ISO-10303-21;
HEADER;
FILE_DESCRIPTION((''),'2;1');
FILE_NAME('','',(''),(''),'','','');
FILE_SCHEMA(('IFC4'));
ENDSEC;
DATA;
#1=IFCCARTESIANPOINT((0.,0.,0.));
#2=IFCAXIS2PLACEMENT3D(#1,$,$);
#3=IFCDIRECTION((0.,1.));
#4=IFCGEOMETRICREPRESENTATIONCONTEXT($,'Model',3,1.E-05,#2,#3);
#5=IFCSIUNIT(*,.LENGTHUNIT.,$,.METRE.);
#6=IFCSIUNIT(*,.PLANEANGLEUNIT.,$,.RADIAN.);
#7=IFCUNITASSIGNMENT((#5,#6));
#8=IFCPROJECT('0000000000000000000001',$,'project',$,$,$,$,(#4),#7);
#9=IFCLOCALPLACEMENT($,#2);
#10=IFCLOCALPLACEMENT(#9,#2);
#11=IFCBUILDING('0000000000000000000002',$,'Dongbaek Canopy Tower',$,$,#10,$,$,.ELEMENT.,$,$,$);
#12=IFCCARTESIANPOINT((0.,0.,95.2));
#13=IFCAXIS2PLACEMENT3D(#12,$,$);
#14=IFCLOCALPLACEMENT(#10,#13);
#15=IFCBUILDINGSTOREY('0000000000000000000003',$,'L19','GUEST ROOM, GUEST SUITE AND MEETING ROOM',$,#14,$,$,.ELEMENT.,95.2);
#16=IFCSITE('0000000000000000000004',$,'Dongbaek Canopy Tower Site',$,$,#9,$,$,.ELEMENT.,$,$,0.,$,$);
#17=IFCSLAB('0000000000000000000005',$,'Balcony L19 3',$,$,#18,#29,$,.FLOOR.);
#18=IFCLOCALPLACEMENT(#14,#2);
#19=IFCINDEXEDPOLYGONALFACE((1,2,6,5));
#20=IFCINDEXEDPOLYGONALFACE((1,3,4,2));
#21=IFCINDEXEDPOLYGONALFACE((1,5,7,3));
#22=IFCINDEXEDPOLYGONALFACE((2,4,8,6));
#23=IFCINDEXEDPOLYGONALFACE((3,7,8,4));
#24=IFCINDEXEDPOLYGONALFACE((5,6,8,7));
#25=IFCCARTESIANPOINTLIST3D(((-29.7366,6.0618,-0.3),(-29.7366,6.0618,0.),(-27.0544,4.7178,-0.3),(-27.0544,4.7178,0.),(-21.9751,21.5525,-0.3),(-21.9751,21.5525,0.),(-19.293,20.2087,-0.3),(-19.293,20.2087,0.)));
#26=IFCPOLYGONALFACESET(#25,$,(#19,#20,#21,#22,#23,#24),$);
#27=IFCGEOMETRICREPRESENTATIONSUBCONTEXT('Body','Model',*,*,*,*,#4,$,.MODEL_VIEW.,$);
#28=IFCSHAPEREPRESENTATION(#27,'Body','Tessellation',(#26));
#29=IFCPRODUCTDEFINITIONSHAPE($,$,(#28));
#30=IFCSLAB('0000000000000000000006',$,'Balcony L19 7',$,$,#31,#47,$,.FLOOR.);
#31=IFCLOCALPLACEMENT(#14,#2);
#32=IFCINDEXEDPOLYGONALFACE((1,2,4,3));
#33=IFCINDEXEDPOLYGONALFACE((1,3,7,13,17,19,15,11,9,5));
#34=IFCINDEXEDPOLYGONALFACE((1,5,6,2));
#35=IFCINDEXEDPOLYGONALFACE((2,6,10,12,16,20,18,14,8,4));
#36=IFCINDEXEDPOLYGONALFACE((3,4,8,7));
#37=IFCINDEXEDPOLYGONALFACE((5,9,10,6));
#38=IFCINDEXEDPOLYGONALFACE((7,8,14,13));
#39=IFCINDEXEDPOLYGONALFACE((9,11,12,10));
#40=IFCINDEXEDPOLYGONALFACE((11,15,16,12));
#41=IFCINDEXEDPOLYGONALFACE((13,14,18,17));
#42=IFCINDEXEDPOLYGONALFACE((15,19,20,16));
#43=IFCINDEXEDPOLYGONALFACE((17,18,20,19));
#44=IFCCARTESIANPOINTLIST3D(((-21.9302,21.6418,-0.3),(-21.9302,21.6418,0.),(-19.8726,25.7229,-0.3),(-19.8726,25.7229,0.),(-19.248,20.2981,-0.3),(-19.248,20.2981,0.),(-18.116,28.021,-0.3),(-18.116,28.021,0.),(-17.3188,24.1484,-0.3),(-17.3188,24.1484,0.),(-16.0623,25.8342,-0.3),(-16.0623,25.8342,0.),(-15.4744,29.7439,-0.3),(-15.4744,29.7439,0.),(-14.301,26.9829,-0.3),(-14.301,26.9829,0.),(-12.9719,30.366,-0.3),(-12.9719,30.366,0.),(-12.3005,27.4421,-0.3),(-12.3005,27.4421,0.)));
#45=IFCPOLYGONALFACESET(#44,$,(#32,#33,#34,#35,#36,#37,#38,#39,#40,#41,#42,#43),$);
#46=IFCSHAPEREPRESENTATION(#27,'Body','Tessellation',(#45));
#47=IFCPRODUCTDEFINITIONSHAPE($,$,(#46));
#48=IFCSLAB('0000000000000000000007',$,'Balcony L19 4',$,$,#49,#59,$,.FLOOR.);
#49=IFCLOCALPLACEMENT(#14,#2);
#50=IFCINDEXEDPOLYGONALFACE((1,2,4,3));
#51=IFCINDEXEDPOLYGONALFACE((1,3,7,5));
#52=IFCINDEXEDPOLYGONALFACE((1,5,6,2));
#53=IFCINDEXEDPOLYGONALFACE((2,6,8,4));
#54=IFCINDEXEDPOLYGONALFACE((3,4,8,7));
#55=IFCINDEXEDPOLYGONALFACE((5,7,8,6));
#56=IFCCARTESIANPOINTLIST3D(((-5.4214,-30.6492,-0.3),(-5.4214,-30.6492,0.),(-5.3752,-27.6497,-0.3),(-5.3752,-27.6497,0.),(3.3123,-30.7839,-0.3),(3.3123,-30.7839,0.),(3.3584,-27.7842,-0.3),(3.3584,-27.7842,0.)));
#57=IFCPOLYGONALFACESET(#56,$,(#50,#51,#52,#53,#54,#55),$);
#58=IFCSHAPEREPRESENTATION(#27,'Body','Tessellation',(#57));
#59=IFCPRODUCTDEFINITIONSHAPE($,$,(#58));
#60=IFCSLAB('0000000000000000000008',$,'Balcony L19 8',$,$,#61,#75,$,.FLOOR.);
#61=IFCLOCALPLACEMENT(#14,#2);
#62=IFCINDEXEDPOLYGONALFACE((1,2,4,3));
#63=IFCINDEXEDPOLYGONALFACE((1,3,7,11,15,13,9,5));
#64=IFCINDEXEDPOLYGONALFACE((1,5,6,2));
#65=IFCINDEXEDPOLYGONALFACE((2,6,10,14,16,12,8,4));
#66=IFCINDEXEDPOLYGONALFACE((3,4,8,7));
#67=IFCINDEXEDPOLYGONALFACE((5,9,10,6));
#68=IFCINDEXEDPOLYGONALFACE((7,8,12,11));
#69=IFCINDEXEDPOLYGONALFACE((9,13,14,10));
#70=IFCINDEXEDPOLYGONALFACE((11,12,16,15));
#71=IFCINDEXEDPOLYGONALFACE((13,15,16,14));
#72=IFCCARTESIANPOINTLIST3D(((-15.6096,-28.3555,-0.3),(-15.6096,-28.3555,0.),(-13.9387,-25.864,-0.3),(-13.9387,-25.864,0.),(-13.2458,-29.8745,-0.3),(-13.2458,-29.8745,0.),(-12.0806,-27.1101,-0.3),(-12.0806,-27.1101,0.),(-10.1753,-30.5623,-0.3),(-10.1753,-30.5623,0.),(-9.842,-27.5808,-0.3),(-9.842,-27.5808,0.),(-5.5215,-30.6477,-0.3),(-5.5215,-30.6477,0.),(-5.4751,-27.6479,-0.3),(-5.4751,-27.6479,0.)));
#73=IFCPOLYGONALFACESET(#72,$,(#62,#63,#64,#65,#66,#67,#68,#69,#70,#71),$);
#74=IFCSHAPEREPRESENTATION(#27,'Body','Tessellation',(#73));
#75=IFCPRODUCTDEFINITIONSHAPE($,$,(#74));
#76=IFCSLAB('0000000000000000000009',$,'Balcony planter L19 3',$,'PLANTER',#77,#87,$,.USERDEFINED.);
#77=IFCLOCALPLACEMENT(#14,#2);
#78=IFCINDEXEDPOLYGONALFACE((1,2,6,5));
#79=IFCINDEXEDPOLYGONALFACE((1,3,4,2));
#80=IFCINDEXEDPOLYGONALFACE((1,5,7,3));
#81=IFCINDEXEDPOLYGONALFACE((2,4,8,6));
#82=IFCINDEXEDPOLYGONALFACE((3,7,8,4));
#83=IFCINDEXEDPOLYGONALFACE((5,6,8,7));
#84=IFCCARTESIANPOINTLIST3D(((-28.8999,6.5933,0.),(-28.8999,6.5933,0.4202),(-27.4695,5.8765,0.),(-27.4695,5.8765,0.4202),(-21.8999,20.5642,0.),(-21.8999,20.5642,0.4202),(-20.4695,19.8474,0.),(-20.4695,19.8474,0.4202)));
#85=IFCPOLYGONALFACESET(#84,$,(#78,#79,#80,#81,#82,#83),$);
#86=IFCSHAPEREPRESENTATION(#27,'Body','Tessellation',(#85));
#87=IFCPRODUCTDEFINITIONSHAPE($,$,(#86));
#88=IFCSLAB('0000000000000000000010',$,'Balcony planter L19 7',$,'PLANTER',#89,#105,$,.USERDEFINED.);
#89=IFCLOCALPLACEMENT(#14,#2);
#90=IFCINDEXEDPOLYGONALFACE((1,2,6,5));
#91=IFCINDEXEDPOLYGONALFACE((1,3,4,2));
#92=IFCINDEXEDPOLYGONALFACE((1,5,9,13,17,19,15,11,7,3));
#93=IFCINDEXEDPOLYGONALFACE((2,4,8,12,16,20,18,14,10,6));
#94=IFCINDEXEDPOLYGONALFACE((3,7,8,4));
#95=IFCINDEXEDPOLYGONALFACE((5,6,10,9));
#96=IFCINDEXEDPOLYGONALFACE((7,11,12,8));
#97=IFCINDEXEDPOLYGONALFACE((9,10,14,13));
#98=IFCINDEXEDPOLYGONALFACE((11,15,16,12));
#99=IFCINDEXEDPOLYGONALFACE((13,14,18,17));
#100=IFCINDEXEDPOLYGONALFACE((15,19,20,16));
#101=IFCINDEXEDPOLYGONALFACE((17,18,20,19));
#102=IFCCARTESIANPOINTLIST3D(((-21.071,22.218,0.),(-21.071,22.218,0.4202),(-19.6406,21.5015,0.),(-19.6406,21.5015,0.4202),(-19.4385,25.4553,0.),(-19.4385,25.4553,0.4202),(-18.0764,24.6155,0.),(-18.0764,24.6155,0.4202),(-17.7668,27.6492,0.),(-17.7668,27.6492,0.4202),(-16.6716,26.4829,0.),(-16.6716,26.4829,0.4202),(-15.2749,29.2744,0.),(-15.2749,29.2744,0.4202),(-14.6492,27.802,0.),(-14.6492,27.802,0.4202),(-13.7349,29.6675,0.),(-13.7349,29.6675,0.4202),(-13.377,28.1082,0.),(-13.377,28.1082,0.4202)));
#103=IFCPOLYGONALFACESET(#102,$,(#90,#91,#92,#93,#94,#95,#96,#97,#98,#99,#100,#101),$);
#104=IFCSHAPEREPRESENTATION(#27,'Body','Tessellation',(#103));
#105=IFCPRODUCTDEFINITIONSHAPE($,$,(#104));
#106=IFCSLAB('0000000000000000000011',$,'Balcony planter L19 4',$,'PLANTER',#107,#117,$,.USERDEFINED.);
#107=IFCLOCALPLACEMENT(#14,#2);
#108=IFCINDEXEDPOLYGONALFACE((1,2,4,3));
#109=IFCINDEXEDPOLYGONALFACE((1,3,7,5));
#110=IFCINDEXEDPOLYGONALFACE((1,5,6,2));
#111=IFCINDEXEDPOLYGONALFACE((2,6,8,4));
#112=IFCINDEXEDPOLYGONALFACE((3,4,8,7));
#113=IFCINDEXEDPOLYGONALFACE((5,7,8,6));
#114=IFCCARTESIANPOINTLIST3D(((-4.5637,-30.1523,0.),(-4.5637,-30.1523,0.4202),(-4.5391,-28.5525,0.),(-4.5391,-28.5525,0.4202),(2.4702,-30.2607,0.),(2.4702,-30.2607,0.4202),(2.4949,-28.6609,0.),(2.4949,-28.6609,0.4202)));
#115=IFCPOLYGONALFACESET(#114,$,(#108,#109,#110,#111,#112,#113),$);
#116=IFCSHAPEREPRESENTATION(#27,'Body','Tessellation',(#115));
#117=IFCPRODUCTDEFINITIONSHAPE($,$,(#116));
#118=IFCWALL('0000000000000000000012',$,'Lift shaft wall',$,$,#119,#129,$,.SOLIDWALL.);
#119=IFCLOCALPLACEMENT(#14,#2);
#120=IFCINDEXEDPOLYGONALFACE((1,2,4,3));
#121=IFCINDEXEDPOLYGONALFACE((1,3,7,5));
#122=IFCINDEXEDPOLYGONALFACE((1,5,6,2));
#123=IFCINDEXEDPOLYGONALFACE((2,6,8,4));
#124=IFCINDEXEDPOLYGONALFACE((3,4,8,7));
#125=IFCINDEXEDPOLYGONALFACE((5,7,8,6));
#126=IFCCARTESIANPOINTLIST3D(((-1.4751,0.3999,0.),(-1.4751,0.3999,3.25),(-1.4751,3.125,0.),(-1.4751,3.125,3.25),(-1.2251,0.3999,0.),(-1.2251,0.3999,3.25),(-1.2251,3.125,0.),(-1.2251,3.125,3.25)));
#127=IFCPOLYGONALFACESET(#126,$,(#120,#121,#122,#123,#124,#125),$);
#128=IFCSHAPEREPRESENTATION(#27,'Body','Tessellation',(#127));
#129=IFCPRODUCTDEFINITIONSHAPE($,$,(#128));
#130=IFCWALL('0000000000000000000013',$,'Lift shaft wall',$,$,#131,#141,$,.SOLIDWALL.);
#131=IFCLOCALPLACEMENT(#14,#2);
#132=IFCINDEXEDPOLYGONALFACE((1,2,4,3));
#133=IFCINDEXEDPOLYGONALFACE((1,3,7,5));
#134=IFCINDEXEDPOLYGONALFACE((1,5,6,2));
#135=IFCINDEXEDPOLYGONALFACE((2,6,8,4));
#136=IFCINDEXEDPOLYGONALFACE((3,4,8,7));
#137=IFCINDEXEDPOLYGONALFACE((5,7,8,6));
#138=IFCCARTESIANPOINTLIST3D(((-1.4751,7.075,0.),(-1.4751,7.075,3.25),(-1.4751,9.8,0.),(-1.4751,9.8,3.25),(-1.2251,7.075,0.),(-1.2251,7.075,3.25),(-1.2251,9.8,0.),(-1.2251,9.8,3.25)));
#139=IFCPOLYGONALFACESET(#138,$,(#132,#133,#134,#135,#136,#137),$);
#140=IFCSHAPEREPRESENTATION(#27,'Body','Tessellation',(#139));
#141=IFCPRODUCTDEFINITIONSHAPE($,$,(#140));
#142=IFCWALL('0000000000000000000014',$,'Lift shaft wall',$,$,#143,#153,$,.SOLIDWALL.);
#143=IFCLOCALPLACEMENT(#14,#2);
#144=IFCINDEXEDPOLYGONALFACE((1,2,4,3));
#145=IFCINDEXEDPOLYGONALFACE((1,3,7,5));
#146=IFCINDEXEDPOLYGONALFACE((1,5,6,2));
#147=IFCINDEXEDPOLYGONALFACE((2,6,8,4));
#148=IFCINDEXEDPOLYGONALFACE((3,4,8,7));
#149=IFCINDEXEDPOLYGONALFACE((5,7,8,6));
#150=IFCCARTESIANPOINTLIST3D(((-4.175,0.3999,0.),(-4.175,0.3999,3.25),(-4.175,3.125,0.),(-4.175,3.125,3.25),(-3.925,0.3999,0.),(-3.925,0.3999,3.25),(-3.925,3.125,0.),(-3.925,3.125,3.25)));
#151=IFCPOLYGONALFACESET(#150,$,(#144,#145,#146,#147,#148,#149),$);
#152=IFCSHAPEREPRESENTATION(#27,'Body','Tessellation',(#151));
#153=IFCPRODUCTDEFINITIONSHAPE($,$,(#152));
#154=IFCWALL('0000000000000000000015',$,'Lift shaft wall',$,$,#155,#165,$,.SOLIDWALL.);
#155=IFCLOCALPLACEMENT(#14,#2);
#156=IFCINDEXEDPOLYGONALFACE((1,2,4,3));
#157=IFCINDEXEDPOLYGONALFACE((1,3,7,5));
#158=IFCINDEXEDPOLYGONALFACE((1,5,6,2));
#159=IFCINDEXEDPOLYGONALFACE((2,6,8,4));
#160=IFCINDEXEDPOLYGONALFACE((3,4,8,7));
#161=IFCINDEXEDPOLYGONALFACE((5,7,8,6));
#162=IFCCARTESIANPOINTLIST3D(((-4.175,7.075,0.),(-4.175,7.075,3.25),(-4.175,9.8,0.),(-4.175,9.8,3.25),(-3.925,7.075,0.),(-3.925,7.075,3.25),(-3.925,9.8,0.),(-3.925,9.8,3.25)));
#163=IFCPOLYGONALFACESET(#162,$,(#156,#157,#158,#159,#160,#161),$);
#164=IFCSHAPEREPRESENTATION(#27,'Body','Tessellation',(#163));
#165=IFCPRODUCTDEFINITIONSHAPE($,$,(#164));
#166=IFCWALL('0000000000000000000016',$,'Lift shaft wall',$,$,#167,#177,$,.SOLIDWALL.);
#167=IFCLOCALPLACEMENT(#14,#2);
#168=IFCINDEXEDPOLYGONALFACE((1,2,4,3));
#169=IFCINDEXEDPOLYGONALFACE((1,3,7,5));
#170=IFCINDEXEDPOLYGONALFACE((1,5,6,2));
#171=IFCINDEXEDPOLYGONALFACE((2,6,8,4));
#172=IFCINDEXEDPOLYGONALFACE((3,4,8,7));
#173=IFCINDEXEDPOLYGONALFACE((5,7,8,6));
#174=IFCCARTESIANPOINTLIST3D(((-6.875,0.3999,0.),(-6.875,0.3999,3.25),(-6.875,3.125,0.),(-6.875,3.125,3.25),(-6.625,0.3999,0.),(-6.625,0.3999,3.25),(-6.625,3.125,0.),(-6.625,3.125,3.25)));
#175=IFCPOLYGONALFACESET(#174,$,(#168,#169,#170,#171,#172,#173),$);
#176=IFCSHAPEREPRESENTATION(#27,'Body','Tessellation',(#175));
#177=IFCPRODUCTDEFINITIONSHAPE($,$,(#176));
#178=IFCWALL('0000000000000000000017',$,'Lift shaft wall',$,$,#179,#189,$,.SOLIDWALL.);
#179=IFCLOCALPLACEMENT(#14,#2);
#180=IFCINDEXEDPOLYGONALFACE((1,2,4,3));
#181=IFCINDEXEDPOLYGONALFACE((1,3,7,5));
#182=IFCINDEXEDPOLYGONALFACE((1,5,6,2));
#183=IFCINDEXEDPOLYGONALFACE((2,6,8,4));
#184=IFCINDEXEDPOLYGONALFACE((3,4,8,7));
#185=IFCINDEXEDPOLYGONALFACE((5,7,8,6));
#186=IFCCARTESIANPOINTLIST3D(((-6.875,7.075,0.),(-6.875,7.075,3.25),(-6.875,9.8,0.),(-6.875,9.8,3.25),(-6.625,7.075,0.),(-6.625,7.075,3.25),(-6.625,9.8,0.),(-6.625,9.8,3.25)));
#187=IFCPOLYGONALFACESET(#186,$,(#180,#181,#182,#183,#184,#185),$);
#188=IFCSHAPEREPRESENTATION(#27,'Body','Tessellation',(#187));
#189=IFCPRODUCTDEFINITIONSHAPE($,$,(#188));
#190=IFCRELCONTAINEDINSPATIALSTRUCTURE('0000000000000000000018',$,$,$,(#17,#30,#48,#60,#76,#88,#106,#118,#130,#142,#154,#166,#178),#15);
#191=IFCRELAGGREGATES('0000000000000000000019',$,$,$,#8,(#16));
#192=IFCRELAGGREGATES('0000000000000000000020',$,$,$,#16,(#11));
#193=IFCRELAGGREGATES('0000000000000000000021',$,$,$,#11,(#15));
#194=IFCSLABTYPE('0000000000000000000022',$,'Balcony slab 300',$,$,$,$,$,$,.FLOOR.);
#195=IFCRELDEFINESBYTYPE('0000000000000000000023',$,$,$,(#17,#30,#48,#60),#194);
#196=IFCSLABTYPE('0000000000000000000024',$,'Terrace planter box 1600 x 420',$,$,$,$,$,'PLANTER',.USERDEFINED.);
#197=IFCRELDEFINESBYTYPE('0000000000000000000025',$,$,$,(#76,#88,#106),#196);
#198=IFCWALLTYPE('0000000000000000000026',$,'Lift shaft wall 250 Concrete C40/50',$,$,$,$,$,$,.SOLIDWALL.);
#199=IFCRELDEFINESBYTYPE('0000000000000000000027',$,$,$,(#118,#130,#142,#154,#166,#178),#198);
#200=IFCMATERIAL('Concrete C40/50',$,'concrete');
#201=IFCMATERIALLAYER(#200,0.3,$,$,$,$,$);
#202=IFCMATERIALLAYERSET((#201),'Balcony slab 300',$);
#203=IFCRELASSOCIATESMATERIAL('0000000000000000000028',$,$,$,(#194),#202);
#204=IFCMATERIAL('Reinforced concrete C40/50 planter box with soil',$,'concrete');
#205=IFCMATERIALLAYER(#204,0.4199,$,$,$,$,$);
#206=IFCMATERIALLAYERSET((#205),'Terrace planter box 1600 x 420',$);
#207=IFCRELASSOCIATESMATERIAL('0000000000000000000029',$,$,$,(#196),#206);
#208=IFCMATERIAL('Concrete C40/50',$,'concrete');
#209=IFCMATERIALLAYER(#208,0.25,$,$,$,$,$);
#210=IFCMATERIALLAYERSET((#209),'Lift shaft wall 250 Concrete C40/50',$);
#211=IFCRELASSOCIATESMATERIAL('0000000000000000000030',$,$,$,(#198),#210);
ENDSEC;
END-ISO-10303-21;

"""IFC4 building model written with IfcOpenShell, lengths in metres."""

from ifc_helpers import new_model, si_unit, direction, frame, frame_2d, origin, place, context, subcontext, project, spatial, polyline, rectangle, outline, extrude, material, layer, layer_set, type_object, element, save


model = new_model("IFC4")

# Units and contexts
model_context = context("Model", 3, precision=1e-05, world=origin(), true_north=direction((0.0, 1.0)))
body_context = subcontext(model_context, "Body", "Model", "MODEL_VIEW")
ifc_project = project(units=[si_unit("LENGTHUNIT", "METRE"), si_unit("PLANEANGLEUNIT", "RADIAN")], contexts=[model_context])

# Site, building, storey
site_placement = place(None, origin())
site = spatial("IfcSite", under=ifc_project, at=site_placement, Name="Dongbaek Canopy Tower Site", CompositionType="ELEMENT", RefElevation=0.0)
building_placement = place(site_placement, origin())
building = spatial("IfcBuilding", under=site, at=building_placement, Name="Dongbaek Canopy Tower", CompositionType="ELEMENT")
storey_placement = place(building_placement, frame((0.0, 0.0, 95.2)))
storey = spatial("IfcBuildingStorey", under=building, at=storey_placement, Name="L19", Description="GUEST ROOM, GUEST SUITE AND MEETING ROOM", CompositionType="ELEMENT", Elevation=95.2)

# Slabs
ifc_material_1 = material(Name="Concrete C40/50", Category="concrete")
ifc_layer_1 = layer(ifc_material_1, 0.3)
ifc_layer_set_1 = layer_set([ifc_layer_1], Name="Balcony slab 300")
slab_type_1 = type_object("IfcSlabType", Name="Balcony slab 300", PredefinedType="FLOOR", material=ifc_layer_set_1)
slab_1_placement = place(storey_placement, frame((0.0, 0.0, -0.3)))
element("IfcSlab", 1, at=slab_1_placement, inside=storey, type_object=slab_type_1, Name="Balcony L19 3", PredefinedType="FLOOR", context=body_context, shape_type="SweptSolid", body=[
    extrude(outline(polyline([(-19.293, 20.2087), (-27.0544, 4.7178), (-29.7366, 6.0618), (-21.9751, 21.5525), (-19.293, 20.2087)])), origin(), (0.0, 0.0, 1.0), 0.3),
])
slab_2_placement = place(storey_placement, frame((0.0, 0.0, -0.3)))
element("IfcSlab", 2, at=slab_2_placement, inside=storey, type_object=slab_type_1, Name="Balcony L19 7", PredefinedType="FLOOR", context=body_context, shape_type="SweptSolid", body=[
    extrude(outline(polyline([(-12.3005, 27.4421), (-14.301, 26.9829), (-16.0623, 25.8342), (-17.3188, 24.1484), (-19.248, 20.2981), (-21.9302, 21.6418), (-19.8726, 25.7229), (-18.116, 28.021), (-15.4744, 29.7439), (-12.9719, 30.366), (-12.3005, 27.4421)])), origin(), (0.0, 0.0, 1.0), 0.3),
])
slab_3_placement = place(storey_placement, frame((0.0, 0.0, -0.3)))
element("IfcSlab", 3, at=slab_3_placement, inside=storey, type_object=slab_type_1, Name="Balcony L19 4", PredefinedType="FLOOR", context=body_context, shape_type="SweptSolid", body=[
    extrude(outline(polyline([(-5.3752, -27.6497), (3.3584, -27.7842), (3.3123, -30.7839), (-5.4214, -30.6492), (-5.3752, -27.6497)])), origin(), (0.0, 0.0, 1.0), 0.3),
])
slab_4_placement = place(storey_placement, frame((0.0, 0.0, -0.3)))
element("IfcSlab", 4, at=slab_4_placement, inside=storey, type_object=slab_type_1, Name="Balcony L19 8", PredefinedType="FLOOR", context=body_context, shape_type="SweptSolid", body=[
    extrude(outline(polyline([(-13.9387, -25.864), (-12.0806, -27.1101), (-9.842, -27.5808), (-5.4751, -27.6479), (-5.5215, -30.6477), (-10.1753, -30.5623), (-13.2458, -29.8745), (-15.6096, -28.3555), (-13.9387, -25.864)])), origin(), (0.0, 0.0, 1.0), 0.3),
])
ifc_material_2 = material(Name="Reinforced concrete C40/50 planter box with soil", Category="concrete")
ifc_layer_2 = layer(ifc_material_2, 0.4199)
ifc_layer_set_2 = layer_set([ifc_layer_2], Name="Terrace planter box 1600 x 420")
slab_type_2 = type_object("IfcSlabType", Name="Terrace planter box 1600 x 420", ElementType="PLANTER", PredefinedType="USERDEFINED", material=ifc_layer_set_2)
slab_5_placement = place(storey_placement, origin())
element("IfcSlab", 5, at=slab_5_placement, inside=storey, type_object=slab_type_2, Name="Balcony planter L19 3", ObjectType="PLANTER", PredefinedType="USERDEFINED", context=body_context, shape_type="SweptSolid", body=[
    extrude(outline(polyline([(-20.4695, 19.8474), (-27.4695, 5.8765), (-28.8999, 6.5933), (-21.8999, 20.5642), (-20.4695, 19.8474)])), origin(), (0.0, 0.0, 1.0), 0.4202),
])
slab_6_placement = place(storey_placement, origin())
element("IfcSlab", 6, at=slab_6_placement, inside=storey, type_object=slab_type_2, Name="Balcony planter L19 7", ObjectType="PLANTER", PredefinedType="USERDEFINED", context=body_context, shape_type="SweptSolid", body=[
    extrude(outline(polyline([(-13.377, 28.1082), (-14.6492, 27.802), (-16.6716, 26.4829), (-18.0764, 24.6155), (-19.6406, 21.5015), (-21.071, 22.218), (-19.4385, 25.4553), (-17.7668, 27.6492), (-15.2749, 29.2744), (-13.7349, 29.6675), (-13.377, 28.1082)])), origin(), (0.0, 0.0, 1.0), 0.4202),
])
slab_7_placement = place(storey_placement, origin())
element("IfcSlab", 7, at=slab_7_placement, inside=storey, type_object=slab_type_2, Name="Balcony planter L19 4", ObjectType="PLANTER", PredefinedType="USERDEFINED", context=body_context, shape_type="SweptSolid", body=[
    extrude(outline(polyline([(-4.5391, -28.5525), (2.4949, -28.6609), (2.4702, -30.2607), (-4.5637, -30.1523), (-4.5391, -28.5525)])), origin(), (0.0, 0.0, 1.0), 0.4202),
])

# Walls
ifc_material_3 = material(Name="Concrete C40/50", Category="concrete")
ifc_layer_3 = layer(ifc_material_3, 0.25)
ifc_layer_set_3 = layer_set([ifc_layer_3], Name="Lift shaft wall 250 Concrete C40/50")
wall_type = type_object("IfcWallType", Name="Lift shaft wall 250 Concrete C40/50", PredefinedType="SOLIDWALL", material=ifc_layer_set_3)
for number, where, z_axis, x_axis, name in (
    (8, (-1.3501, 0.3999, 0.0), (0.0, 0.0, 1.0), (0.0, 1.0, 0.0), "Lift shaft wall"),
    (9, (-1.3501, 7.075, 0.0), (0.0, 0.0, 1.0), (0.0, 1.0, 0.0), "Lift shaft wall"),
    (10, (-4.05, 0.3999, 0.0), (0.0, 0.0, 1.0), (0.0, 1.0, 0.0), "Lift shaft wall"),
    (11, (-4.05, 7.075, 0.0), (0.0, 0.0, 1.0), (0.0, 1.0, 0.0), "Lift shaft wall"),
    (12, (-6.75, 0.3999, 0.0), (0.0, 0.0, 1.0), (0.0, 1.0, 0.0), "Lift shaft wall"),
    (13, (-6.75, 7.075, 0.0), (0.0, 0.0, 1.0), (0.0, 1.0, 0.0), "Lift shaft wall"),
):
    element("IfcWall", number, at=place(storey_placement, frame(where, z_axis=z_axis, x_axis=x_axis)), inside=storey, type_object=wall_type, Name=name, PredefinedType="SOLIDWALL", context=body_context, shape_type="SweptSolid", body=[
        extrude(rectangle(XDim=2.7251, YDim=0.25, at=frame_2d((1.3625, 0.0))), origin(), (0.0, 0.0, 1.0), 3.25),
    ])

save(model, "model.ifc")
